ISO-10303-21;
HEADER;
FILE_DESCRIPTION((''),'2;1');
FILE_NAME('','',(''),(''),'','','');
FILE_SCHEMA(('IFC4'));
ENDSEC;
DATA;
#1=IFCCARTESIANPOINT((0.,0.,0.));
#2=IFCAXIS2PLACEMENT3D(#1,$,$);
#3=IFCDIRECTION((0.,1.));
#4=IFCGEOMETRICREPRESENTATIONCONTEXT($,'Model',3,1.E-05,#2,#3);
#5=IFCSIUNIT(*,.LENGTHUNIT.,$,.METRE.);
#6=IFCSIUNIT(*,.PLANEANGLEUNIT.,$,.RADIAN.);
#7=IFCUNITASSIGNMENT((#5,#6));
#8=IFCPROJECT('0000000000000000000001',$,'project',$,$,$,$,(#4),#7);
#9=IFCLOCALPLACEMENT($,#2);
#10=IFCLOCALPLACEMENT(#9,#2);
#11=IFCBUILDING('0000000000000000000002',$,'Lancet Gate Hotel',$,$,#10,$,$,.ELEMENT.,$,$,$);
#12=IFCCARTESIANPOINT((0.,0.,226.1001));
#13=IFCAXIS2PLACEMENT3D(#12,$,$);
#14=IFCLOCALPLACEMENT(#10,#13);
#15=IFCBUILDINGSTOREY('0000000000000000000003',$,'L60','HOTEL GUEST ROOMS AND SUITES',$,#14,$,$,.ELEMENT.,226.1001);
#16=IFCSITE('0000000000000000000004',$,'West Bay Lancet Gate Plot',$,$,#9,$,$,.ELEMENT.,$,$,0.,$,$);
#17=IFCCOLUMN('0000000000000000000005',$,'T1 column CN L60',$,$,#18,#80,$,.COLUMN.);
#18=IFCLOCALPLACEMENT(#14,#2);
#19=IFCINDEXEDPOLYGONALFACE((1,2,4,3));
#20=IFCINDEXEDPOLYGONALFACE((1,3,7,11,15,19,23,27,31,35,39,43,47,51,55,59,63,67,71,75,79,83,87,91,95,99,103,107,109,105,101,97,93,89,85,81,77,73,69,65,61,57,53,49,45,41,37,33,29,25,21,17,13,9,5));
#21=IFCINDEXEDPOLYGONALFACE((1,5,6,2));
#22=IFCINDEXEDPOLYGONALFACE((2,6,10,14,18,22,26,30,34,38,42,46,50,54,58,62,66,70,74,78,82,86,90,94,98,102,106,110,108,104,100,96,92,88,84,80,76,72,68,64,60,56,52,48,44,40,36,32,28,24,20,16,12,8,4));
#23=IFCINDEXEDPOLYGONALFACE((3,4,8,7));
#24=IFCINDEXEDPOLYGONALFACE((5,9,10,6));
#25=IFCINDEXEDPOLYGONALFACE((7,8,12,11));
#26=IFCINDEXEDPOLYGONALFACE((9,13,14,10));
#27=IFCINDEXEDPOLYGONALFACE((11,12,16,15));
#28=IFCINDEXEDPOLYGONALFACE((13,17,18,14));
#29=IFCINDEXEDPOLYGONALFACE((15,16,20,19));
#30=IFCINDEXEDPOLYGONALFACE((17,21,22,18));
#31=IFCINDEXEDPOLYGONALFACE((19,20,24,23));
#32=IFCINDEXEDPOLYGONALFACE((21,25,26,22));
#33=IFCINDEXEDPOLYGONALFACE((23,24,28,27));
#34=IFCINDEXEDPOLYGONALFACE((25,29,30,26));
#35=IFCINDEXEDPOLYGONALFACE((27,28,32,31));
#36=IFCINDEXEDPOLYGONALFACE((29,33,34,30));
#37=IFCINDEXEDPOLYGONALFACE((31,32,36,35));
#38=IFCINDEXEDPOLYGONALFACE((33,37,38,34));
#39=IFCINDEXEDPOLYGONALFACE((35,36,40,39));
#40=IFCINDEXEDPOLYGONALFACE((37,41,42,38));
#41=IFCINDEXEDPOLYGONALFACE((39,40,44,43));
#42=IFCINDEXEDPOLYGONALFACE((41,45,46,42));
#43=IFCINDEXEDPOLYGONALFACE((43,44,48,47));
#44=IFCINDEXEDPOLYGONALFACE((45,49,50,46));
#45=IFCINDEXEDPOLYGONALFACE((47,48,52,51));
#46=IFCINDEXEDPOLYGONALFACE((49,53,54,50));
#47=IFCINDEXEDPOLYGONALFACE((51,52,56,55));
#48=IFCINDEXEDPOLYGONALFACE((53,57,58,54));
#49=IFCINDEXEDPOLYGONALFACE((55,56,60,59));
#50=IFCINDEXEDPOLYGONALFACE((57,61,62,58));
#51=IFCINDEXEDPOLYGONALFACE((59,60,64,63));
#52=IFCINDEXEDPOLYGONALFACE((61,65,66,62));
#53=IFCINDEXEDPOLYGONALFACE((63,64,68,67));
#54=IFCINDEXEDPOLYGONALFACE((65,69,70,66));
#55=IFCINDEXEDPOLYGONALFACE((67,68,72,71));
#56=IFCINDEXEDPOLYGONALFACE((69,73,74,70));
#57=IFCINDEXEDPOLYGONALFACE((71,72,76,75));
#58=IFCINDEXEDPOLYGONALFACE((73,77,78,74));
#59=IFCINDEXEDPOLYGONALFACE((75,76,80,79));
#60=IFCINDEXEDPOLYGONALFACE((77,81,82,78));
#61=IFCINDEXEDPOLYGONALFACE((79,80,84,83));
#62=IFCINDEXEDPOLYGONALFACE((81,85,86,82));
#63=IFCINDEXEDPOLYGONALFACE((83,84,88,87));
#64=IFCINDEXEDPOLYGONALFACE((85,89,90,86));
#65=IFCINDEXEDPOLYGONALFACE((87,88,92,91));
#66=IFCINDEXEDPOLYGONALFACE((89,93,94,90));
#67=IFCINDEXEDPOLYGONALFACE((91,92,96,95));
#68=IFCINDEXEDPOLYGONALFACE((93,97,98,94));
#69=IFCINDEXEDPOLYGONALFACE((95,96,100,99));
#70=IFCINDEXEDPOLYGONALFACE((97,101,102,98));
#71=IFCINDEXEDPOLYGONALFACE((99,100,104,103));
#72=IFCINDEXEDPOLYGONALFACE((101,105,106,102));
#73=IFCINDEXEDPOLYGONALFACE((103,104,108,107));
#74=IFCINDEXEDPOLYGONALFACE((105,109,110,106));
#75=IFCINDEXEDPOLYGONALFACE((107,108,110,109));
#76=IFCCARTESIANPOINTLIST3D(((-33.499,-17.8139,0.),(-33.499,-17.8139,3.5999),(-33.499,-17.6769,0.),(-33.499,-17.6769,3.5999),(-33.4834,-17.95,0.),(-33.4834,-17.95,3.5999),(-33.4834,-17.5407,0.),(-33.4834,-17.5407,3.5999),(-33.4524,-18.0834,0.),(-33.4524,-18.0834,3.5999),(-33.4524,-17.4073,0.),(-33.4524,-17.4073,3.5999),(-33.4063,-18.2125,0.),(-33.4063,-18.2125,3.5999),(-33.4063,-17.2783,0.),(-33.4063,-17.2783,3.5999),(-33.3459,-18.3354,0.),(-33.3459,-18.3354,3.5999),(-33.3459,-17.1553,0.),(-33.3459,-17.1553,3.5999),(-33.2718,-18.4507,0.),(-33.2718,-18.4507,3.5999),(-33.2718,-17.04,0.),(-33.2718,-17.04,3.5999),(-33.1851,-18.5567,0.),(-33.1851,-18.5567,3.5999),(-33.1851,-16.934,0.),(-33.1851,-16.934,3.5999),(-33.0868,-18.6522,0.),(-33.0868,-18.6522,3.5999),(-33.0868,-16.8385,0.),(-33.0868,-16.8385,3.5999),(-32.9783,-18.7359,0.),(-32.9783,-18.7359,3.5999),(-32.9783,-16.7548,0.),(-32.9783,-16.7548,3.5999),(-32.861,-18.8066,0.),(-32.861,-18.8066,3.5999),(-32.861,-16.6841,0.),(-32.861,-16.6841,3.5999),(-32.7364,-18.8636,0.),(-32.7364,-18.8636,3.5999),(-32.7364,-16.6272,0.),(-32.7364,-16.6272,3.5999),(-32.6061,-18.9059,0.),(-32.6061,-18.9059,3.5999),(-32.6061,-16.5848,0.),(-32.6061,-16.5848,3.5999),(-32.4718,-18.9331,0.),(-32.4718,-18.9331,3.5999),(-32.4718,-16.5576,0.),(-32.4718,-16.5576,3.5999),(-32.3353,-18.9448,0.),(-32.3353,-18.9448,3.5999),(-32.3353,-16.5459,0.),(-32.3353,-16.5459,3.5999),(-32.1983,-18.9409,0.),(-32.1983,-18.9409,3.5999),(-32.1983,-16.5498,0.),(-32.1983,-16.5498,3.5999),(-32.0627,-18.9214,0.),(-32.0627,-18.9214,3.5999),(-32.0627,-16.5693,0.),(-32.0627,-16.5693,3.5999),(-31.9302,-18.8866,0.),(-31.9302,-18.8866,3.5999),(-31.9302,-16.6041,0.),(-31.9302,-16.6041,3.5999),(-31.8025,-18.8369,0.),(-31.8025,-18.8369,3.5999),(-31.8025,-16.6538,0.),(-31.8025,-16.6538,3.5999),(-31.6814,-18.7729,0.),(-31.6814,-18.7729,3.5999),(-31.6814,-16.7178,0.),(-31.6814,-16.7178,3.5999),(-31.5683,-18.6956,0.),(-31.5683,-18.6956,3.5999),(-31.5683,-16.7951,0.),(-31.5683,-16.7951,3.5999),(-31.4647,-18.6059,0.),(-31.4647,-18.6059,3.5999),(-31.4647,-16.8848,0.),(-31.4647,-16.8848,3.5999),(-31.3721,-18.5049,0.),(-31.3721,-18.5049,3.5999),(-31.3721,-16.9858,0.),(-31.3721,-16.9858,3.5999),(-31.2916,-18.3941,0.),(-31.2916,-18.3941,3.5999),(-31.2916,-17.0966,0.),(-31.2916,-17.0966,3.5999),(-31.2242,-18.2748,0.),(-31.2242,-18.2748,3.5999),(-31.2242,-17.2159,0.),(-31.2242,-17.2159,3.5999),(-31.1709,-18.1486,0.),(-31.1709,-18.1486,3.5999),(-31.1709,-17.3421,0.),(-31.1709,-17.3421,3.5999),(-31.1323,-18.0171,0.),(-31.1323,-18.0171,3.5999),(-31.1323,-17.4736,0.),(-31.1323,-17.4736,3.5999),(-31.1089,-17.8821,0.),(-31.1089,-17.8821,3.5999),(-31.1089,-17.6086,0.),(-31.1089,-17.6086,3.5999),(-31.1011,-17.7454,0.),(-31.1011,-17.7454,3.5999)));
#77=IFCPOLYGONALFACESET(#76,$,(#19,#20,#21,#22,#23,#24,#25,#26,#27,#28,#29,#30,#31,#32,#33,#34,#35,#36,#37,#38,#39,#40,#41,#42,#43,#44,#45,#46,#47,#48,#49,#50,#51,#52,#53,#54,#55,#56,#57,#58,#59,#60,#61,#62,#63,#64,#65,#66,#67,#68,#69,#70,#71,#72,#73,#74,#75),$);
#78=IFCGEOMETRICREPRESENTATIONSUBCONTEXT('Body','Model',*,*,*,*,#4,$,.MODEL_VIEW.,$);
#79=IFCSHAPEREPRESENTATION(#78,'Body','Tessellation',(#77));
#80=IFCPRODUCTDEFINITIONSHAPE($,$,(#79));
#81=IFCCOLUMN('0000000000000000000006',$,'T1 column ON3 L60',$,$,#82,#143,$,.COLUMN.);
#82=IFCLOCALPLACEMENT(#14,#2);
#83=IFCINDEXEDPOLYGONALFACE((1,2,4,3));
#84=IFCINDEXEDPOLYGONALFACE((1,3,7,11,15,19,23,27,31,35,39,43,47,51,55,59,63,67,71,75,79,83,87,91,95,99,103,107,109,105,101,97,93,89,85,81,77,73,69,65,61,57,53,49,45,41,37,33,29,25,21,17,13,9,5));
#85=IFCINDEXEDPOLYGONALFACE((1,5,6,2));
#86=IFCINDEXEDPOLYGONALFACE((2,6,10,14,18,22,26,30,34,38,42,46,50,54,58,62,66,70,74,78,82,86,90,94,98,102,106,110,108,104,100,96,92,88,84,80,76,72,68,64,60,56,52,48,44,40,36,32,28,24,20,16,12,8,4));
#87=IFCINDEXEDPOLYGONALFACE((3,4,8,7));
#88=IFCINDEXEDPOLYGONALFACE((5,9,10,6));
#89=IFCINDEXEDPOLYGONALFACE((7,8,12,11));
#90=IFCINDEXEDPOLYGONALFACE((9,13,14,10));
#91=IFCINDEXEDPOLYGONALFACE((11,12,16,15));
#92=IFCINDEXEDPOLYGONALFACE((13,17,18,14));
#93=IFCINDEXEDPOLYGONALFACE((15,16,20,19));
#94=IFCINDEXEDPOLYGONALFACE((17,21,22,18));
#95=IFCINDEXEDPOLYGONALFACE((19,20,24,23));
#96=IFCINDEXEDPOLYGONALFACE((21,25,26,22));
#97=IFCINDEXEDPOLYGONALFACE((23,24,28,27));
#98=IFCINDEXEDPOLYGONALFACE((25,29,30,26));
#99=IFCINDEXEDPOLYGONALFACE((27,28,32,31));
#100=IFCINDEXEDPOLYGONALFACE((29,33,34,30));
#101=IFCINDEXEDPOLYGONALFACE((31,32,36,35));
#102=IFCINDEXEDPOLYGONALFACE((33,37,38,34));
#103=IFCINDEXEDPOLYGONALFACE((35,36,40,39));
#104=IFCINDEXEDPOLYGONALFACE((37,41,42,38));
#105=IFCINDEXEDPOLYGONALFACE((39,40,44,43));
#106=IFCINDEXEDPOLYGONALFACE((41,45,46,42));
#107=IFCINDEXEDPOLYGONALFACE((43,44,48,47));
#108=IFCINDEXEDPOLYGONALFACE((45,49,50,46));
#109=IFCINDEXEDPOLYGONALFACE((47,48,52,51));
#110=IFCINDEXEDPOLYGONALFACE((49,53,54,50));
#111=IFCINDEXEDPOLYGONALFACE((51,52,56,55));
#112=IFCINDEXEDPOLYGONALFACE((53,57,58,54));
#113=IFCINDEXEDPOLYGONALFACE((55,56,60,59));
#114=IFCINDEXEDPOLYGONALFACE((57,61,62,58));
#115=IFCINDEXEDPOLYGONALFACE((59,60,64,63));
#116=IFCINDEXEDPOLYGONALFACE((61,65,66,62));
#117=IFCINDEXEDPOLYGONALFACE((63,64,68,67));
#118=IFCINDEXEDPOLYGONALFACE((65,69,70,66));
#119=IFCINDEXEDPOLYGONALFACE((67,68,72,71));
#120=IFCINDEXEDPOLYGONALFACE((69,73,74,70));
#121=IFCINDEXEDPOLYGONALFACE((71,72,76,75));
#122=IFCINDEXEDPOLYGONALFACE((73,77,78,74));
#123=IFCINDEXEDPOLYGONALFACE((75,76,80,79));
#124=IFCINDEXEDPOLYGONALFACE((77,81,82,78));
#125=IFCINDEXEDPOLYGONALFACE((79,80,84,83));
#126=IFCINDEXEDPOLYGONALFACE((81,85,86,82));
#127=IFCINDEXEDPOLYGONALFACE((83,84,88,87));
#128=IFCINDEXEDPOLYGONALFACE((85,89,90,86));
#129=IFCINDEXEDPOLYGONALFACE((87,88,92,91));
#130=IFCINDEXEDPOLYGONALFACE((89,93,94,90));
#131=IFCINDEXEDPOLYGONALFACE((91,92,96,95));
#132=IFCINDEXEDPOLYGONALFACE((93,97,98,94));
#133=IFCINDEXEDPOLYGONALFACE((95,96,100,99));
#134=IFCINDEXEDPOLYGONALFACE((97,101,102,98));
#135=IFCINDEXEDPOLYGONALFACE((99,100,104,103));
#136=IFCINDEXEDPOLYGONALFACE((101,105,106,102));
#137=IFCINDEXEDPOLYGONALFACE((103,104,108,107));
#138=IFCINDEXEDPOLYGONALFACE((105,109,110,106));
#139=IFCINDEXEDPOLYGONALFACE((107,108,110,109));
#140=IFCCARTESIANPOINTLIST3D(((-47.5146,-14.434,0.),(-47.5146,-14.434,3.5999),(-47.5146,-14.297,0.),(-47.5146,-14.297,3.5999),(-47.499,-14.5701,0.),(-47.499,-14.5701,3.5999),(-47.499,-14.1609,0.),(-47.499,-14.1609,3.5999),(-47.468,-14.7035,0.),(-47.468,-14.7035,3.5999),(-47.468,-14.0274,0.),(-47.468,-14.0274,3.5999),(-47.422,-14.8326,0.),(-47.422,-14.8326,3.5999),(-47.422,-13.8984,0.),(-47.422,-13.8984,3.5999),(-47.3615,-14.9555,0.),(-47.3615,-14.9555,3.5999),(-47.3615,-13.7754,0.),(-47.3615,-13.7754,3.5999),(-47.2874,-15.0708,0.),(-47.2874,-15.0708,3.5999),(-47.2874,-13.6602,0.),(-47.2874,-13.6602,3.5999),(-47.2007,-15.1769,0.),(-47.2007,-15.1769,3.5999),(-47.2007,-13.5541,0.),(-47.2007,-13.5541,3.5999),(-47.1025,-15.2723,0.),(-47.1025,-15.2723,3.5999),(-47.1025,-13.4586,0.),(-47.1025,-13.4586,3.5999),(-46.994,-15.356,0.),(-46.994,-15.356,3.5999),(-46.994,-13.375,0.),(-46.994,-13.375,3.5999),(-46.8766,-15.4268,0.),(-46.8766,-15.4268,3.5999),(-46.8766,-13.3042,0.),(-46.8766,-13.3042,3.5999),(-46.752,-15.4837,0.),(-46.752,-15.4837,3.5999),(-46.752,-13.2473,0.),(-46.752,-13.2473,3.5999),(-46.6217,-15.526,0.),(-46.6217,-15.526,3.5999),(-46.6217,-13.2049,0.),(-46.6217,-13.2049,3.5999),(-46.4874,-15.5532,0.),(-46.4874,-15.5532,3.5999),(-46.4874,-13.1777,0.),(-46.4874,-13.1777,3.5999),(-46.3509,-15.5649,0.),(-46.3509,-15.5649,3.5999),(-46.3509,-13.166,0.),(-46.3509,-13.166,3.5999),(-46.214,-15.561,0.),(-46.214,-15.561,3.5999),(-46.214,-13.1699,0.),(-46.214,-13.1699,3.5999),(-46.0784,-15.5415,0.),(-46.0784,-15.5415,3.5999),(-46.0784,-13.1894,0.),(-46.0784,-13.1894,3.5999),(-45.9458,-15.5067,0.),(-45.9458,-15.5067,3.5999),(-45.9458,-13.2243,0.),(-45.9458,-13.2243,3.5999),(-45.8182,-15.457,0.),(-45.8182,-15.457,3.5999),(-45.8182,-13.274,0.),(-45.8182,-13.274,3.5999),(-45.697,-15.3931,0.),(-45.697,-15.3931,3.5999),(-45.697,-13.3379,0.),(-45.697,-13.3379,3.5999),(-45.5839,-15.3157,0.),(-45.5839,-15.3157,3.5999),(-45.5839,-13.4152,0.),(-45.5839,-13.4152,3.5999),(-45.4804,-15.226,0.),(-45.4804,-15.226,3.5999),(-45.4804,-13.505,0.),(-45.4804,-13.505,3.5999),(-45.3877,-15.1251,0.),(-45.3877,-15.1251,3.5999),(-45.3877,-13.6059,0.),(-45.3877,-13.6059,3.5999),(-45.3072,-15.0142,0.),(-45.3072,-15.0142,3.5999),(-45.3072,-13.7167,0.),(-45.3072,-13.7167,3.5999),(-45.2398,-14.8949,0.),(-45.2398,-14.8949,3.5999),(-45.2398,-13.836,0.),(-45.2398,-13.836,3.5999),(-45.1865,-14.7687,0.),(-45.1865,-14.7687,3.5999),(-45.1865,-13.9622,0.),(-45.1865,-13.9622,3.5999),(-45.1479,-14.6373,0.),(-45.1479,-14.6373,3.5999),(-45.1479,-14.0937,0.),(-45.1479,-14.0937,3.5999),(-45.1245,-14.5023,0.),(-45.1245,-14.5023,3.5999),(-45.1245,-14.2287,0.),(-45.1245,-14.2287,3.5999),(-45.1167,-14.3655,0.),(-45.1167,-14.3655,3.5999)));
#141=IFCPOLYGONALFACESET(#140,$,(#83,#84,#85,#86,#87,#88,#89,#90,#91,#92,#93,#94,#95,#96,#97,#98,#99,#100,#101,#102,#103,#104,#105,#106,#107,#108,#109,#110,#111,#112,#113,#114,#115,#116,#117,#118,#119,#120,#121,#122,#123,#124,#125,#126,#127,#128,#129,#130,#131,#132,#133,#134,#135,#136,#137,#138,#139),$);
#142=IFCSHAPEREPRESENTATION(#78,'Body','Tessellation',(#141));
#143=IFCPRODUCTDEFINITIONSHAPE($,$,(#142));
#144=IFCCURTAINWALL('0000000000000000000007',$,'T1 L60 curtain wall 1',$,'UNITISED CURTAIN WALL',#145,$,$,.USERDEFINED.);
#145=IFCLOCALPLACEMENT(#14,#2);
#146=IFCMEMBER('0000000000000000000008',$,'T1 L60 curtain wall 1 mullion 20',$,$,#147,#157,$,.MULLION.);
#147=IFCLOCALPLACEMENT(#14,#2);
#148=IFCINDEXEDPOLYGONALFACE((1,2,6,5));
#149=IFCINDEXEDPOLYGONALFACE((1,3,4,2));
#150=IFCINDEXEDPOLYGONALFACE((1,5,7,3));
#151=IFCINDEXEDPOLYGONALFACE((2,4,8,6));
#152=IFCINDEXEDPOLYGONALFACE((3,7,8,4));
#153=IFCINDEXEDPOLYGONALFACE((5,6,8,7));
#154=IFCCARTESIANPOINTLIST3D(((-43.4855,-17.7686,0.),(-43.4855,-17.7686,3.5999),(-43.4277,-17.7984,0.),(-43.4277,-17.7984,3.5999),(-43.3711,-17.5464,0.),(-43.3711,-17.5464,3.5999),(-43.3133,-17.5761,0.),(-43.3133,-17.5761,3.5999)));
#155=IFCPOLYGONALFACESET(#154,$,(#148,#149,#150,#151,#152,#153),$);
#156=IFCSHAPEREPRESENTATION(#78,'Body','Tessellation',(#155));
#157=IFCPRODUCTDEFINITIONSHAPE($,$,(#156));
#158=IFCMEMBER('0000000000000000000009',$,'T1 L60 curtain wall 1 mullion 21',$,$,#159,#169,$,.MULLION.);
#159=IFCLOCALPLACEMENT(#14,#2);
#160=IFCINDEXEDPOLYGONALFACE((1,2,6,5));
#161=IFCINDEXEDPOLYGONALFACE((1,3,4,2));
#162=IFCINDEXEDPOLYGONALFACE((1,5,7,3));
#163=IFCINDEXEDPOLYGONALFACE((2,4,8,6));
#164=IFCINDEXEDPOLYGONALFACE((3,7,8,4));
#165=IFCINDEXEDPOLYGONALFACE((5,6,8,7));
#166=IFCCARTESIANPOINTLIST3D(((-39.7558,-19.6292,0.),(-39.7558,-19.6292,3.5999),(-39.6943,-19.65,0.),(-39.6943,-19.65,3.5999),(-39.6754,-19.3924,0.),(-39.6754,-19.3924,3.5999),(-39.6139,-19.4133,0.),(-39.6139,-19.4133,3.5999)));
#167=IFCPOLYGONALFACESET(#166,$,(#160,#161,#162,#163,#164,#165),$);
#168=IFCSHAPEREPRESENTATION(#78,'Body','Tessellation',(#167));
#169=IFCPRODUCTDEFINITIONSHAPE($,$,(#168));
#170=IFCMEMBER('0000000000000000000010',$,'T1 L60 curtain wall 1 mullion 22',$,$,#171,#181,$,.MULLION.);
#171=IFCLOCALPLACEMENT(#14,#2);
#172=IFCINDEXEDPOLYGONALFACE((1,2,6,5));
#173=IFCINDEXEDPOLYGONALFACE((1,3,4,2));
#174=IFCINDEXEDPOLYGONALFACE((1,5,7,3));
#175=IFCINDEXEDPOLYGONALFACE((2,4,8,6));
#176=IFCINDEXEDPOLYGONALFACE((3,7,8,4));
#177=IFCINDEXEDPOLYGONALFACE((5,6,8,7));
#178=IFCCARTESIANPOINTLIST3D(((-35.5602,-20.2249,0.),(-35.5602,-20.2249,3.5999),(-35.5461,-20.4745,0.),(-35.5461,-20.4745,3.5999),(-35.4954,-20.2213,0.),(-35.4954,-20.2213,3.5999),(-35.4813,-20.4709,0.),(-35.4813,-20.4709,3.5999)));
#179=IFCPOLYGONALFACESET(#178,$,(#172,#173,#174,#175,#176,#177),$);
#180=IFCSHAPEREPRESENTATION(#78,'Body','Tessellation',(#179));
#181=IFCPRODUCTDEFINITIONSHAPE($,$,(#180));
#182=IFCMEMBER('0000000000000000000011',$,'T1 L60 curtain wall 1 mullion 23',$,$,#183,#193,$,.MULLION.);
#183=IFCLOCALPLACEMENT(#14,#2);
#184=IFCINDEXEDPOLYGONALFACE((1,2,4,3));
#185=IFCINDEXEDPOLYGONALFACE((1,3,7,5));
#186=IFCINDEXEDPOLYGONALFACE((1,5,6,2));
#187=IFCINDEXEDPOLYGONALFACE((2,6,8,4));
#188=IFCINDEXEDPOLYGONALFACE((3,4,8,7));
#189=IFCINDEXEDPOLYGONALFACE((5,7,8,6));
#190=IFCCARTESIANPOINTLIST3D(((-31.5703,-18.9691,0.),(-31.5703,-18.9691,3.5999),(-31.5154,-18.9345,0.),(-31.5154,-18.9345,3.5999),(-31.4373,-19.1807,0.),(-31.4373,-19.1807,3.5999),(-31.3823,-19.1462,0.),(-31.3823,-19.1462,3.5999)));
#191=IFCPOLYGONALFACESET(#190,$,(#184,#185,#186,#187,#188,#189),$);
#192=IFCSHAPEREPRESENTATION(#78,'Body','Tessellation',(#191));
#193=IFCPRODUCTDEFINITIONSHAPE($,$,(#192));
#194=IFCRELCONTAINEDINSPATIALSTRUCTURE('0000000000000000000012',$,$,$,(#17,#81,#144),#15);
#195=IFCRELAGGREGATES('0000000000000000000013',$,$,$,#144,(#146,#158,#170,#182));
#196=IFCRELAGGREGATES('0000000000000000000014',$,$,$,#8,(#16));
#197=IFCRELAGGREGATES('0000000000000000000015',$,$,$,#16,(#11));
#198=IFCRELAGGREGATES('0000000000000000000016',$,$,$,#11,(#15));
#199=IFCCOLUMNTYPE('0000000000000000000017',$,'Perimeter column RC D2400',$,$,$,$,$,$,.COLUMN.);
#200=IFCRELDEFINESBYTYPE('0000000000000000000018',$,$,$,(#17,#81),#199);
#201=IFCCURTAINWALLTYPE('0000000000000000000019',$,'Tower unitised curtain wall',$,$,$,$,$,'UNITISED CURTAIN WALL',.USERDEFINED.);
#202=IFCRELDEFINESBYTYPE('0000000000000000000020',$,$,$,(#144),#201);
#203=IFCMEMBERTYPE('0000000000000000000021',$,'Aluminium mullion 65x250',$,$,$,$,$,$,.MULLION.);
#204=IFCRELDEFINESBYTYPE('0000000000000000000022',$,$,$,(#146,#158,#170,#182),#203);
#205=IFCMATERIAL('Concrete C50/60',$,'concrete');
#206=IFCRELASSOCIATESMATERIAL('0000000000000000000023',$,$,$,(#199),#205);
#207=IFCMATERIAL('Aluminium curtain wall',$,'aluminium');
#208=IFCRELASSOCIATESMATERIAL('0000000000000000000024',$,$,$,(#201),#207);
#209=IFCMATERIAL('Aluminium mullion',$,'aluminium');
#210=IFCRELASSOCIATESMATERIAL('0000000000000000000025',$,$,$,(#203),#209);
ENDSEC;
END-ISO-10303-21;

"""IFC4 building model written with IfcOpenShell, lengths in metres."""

from ifc_helpers import new_model, si_unit, direction, frame, origin, origin_2d, place, context, subcontext, project, spatial, rectangle, circle, extrude, material, material_profile, profile_set, type_object, element, aggregate, save


model = new_model("IFC4")

# Units and contexts
model_context = context("Model", 3, precision=1e-05, world=origin(), true_north=direction((0.0, 1.0)))
body_context = subcontext(model_context, "Body", "Model", "MODEL_VIEW")
ifc_project = project(units=[si_unit("LENGTHUNIT", "METRE"), si_unit("PLANEANGLEUNIT", "RADIAN")], contexts=[model_context])

# Site, building, storey
site_placement = place(None, origin())
site = spatial("IfcSite", under=ifc_project, at=site_placement, Name="West Bay Lancet Gate Plot", CompositionType="ELEMENT", RefElevation=0.0)
building_placement = place(site_placement, origin())
building = spatial("IfcBuilding", under=site, at=building_placement, Name="Lancet Gate Hotel", CompositionType="ELEMENT")
storey_placement = place(building_placement, frame((0.0, 0.0, 226.1001)))
storey = spatial("IfcBuildingStorey", under=building, at=storey_placement, Name="L60", Description="HOTEL GUEST ROOMS AND SUITES", CompositionType="ELEMENT", Elevation=226.1001)

# Columns
ifc_material_1 = material(Name="Concrete C50/60", Category="concrete")
ifc_material_profile_1 = material_profile(ifc_material_1, circle(Radius=1.2, at=origin_2d()), Name="RC D2400")
ifc_profile_set_1 = profile_set([ifc_material_profile_1], Name="Concrete C50/60")
column_type = type_object("IfcColumnType", Name="Perimeter column RC D2400", PredefinedType="COLUMN", material=ifc_profile_set_1)
for number, where, z_axis, x_axis, name in (
    (1, (-32.301, -17.7454, 0.0), (0.0, 0.0, 1.0), (1.0, 0.0, 0.0), "T1 column CN L60"),
    (2, (-46.3167, -14.3655, 0.0), (0.0, 0.0, 1.0), (1.0, 0.0, 0.0), "T1 column ON3 L60"),
):
    element("IfcColumn", number, at=place(storey_placement, frame(where, z_axis=z_axis, x_axis=x_axis)), inside=storey, type_object=column_type, Name=name, PredefinedType="COLUMN", context=body_context, shape_type="SweptSolid", body=[
        extrude(circle(Radius=1.2, at=origin_2d()), origin(), (0.0, 0.0, 1.0), 3.5999),
    ])

# Curtain wall, members
ifc_material_2 = material(Name="Aluminium curtain wall", Category="aluminium")
curtain_wall_type = type_object("IfcCurtainWallType", Name="Tower unitised curtain wall", ElementType="UNITISED CURTAIN WALL", PredefinedType="USERDEFINED", material=ifc_material_2)
curtain_wall_placement = place(storey_placement, origin())
curtain_wall = element("IfcCurtainWall", 3, at=curtain_wall_placement, inside=storey, type_object=curtain_wall_type, Name="T1 L60 curtain wall 1", ObjectType="UNITISED CURTAIN WALL", PredefinedType="USERDEFINED")
ifc_material_3 = material(Name="Aluminium mullion", Category="aluminium")
ifc_material_profile_2 = material_profile(ifc_material_3, rectangle(XDim=0.0649, YDim=0.25, at=origin_2d()), Name="MULLION 65x250")
ifc_profile_set_2 = profile_set([ifc_material_profile_2], Name="Aluminium mullion")
member_type_1 = type_object("IfcMemberType", Name="Aluminium mullion 65x250", PredefinedType="MULLION", material=ifc_profile_set_2)
member_1_placement = place(storey_placement, frame((-43.3994, -17.6724, 0.0), z_axis=(0.0, 0.0, 1.0), x_axis=(0.889156, -0.457605, 0.0)))
member_1 = element("IfcMember", 4, at=member_1_placement, type_object=member_type_1, Name="T1 L60 curtain wall 1 mullion 20", PredefinedType="MULLION", context=body_context, shape_type="SweptSolid", body=[
    extrude(rectangle(XDim=0.0649, YDim=0.25, at=origin_2d()), origin(), (0.0, 0.0, 1.0), 3.5999),
])
member_2_placement = place(storey_placement, frame((-39.6848, -19.5212, 0.0), z_axis=(0.0, 0.0, 1.0), x_axis=(0.946888, -0.321564, 0.0)))
member_2 = element("IfcMember", 5, at=member_2_placement, type_object=member_type_1, Name="T1 L60 curtain wall 1 mullion 21", PredefinedType="MULLION", context=body_context, shape_type="SweptSolid", body=[
    extrude(rectangle(XDim=0.0649, YDim=0.25, at=origin_2d()), origin(), (0.0, 0.0, 1.0), 3.5999),
])
member_3_placement = place(storey_placement, frame((-35.5208, -20.3479, 0.0), z_axis=(0.0, 0.0, 1.0), x_axis=(0.998409, 0.056384, 0.0)))
member_3 = element("IfcMember", 6, at=member_3_placement, type_object=member_type_1, Name="T1 L60 curtain wall 1 mullion 22", PredefinedType="MULLION", context=body_context, shape_type="SweptSolid", body=[
    extrude(rectangle(XDim=0.0649, YDim=0.25, at=origin_2d()), origin(), (0.0, 0.0, 1.0), 3.5999),
])
member_4_placement = place(storey_placement, frame((-31.4763, -19.0576, 0.0), z_axis=(0.0, 0.0, 1.0), x_axis=(0.846613, 0.532209, 0.0)))
member_4 = element("IfcMember", 7, at=member_4_placement, type_object=member_type_1, Name="T1 L60 curtain wall 1 mullion 23", PredefinedType="MULLION", context=body_context, shape_type="SweptSolid", body=[
    extrude(rectangle(XDim=0.0649, YDim=0.25, at=origin_2d()), origin(), (0.0, 0.0, 1.0), 3.5999),
])

aggregate(curtain_wall, [member_1, member_2, member_3, member_4])

save(model, "model.ifc")
